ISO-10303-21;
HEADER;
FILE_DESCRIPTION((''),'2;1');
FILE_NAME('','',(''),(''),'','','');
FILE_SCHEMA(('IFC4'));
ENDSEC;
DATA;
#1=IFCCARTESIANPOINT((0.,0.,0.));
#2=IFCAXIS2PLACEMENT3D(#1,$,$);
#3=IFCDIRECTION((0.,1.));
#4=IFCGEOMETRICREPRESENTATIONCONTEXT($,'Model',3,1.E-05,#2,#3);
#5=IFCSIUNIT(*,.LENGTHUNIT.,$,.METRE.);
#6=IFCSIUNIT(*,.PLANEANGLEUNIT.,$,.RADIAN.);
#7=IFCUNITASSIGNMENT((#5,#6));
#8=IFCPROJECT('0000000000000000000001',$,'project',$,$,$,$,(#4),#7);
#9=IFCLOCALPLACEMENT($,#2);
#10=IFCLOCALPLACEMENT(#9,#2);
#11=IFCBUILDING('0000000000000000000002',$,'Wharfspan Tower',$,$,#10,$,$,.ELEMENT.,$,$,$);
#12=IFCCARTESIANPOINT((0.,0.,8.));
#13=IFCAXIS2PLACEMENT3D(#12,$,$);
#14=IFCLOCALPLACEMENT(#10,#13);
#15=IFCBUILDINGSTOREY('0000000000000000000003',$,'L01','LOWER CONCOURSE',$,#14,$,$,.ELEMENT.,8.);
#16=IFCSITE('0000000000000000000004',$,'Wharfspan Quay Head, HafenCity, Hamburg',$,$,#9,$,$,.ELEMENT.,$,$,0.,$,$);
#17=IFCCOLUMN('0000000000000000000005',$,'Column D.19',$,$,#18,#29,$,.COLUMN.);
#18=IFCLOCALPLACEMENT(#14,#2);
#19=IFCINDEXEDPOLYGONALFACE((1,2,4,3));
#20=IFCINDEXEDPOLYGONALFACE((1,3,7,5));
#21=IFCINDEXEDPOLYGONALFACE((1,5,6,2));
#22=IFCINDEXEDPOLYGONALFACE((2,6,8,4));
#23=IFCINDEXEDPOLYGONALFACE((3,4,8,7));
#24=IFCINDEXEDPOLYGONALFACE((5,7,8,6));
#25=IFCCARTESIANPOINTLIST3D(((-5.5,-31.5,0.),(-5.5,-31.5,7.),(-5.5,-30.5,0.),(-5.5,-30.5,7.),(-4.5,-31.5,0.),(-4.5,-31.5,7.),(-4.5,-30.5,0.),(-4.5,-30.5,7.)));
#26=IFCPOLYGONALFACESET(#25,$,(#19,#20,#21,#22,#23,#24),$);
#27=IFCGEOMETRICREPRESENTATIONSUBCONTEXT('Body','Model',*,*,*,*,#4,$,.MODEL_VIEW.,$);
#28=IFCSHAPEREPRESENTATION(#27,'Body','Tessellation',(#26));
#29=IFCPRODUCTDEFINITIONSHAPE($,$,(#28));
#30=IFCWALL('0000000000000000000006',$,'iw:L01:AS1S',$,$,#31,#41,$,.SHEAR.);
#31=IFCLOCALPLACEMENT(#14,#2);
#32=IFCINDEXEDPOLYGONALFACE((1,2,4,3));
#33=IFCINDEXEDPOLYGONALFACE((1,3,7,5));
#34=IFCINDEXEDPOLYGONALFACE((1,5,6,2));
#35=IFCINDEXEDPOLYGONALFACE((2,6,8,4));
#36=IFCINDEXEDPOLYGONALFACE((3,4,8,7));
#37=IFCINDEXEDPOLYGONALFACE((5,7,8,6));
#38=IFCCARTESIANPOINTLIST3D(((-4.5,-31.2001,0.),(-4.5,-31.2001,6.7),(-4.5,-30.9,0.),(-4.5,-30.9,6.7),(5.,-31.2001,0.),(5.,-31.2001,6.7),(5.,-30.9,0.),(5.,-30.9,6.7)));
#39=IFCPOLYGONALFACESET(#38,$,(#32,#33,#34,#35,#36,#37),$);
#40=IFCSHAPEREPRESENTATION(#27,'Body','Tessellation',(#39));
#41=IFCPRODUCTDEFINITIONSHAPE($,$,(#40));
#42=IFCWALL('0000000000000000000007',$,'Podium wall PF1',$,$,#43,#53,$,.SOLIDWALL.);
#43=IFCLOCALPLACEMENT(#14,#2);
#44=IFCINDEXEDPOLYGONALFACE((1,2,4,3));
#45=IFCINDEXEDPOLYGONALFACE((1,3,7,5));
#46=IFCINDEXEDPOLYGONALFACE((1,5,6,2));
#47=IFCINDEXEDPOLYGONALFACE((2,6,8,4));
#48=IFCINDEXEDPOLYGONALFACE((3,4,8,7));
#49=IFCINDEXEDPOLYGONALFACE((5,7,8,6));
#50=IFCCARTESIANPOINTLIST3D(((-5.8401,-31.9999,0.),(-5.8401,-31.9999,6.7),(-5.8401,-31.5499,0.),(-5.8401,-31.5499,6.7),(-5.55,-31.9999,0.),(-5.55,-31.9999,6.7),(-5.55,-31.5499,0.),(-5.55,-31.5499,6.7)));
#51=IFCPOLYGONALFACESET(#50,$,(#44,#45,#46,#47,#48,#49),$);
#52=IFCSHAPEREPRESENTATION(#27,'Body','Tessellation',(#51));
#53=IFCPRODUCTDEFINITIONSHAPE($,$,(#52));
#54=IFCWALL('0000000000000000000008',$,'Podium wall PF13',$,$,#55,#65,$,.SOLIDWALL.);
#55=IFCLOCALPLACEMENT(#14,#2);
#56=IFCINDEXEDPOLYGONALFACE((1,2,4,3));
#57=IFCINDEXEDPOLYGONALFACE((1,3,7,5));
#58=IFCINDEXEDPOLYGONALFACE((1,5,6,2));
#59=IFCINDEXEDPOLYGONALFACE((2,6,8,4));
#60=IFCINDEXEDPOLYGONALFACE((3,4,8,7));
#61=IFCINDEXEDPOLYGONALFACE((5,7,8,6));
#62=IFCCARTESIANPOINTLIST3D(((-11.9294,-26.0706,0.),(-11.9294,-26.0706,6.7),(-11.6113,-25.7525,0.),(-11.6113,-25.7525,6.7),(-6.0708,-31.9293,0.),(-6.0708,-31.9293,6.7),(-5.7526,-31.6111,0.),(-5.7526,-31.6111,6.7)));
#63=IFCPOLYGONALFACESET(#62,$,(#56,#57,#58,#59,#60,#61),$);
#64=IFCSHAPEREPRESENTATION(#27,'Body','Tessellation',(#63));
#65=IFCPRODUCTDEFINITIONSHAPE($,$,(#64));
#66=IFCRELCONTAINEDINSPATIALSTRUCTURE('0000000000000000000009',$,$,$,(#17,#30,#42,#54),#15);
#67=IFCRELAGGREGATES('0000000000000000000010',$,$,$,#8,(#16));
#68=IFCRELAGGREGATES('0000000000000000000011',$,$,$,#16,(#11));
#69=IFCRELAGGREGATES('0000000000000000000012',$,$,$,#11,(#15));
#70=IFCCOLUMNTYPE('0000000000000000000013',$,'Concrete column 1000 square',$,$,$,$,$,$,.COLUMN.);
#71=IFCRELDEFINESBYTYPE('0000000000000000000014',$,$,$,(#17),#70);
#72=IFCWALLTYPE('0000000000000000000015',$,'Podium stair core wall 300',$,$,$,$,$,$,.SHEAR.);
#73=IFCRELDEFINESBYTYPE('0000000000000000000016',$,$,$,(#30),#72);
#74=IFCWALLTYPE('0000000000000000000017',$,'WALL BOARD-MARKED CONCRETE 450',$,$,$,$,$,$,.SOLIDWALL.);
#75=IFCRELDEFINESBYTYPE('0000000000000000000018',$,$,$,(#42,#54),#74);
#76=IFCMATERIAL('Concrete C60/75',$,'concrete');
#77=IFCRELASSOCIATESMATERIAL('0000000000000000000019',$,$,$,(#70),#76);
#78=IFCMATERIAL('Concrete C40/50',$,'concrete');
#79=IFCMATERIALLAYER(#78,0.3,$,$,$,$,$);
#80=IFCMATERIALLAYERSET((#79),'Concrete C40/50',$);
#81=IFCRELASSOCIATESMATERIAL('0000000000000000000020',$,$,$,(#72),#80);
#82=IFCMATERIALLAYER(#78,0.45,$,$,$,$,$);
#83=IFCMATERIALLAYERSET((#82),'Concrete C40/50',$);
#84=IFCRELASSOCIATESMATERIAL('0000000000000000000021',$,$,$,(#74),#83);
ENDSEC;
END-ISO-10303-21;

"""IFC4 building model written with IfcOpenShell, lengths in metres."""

from ifc_helpers import new_model, si_unit, direction, frame, frame_2d, origin, origin_2d, place, context, subcontext, project, spatial, rectangle, extrude, material, layer, layer_set, material_profile, profile_set, type_object, element, save


model = new_model("IFC4")

# Units and contexts
model_context = context("Model", 3, precision=1e-05, world=origin(), true_north=direction((0.0, 1.0)))
body_context = subcontext(model_context, "Body", "Model", "MODEL_VIEW")
ifc_project = project(units=[si_unit("LENGTHUNIT", "METRE"), si_unit("PLANEANGLEUNIT", "RADIAN")], contexts=[model_context])

# Site, building, storey
site_placement = place(None, origin())
site = spatial("IfcSite", under=ifc_project, at=site_placement, Name="Wharfspan Quay Head, HafenCity, Hamburg", CompositionType="ELEMENT", RefElevation=0.0)
building_placement = place(site_placement, origin())
building = spatial("IfcBuilding", under=site, at=building_placement, Name="Wharfspan Tower", CompositionType="ELEMENT")
storey_placement = place(building_placement, frame((0.0, 0.0, 8.0)))
storey = spatial("IfcBuildingStorey", under=building, at=storey_placement, Name="L01", Description="LOWER CONCOURSE", CompositionType="ELEMENT", Elevation=8.0)

# Column
ifc_material_1 = material(Name="Concrete C60/75", Category="concrete")
ifc_material_profile = material_profile(ifc_material_1, rectangle(XDim=1.0, YDim=1.0, at=origin_2d()))
ifc_profile_set = profile_set([ifc_material_profile], Name="Concrete C60/75")
column_type = type_object("IfcColumnType", Name="Concrete column 1000 square", PredefinedType="COLUMN", material=ifc_profile_set)
column_placement = place(storey_placement, frame((-5.0, -31.0, 0.0), z_axis=(0.0, 0.0, 1.0), x_axis=(1.0, 0.0, 0.0)))
element("IfcColumn", 1, at=column_placement, inside=storey, type_object=column_type, Name="Column D.19", PredefinedType="COLUMN", context=body_context, shape_type="SweptSolid", body=[
    extrude(rectangle(XDim=1.0, YDim=1.0, at=origin_2d()), origin(), (0.0, 0.0, 1.0), 7.0),
])

# Wall
ifc_material_2 = material(Name="Concrete C40/50", Category="concrete")
ifc_layer_1 = layer(ifc_material_2, 0.3)
ifc_layer_set_1 = layer_set([ifc_layer_1], Name="Concrete C40/50")
wall_type_1 = type_object("IfcWallType", Name="Podium stair core wall 300", PredefinedType="SHEAR", material=ifc_layer_set_1)
wall_1_placement = place(storey_placement, frame((-4.5, -31.05, 0.0), z_axis=(0.0, 0.0, 1.0), x_axis=(1.0, 0.0, 0.0)))
element("IfcWall", 2, at=wall_1_placement, inside=storey, type_object=wall_type_1, Name="iw:L01:AS1S", PredefinedType="SHEAR", context=body_context, shape_type="SweptSolid", body=[
    extrude(rectangle(XDim=9.5, YDim=0.3, at=frame_2d((4.75, 0.0))), origin(), (0.0, 0.0, 1.0), 6.7),
])

# Shared definitions
ifc_layer_2 = layer(ifc_material_2, 0.45)
ifc_layer_set_2 = layer_set([ifc_layer_2], Name="Concrete C40/50")
wall_type_2 = type_object("IfcWallType", Name="WALL BOARD-MARKED CONCRETE 450", PredefinedType="SOLIDWALL", material=ifc_layer_set_2)

# Walls
wall_2_placement = place(storey_placement, frame((-5.8401, -31.7749, 0.0), z_axis=(0.0, 0.0, 1.0), x_axis=(1.0, 0.0, 0.0)))
element("IfcWall", 3, at=wall_2_placement, inside=storey, type_object=wall_type_2, Name="Podium wall PF1", PredefinedType="SOLIDWALL", context=body_context, shape_type="SweptSolid", body=[
    extrude(rectangle(XDim=0.29, YDim=0.45, at=frame_2d((0.145, 0.0))), origin(), (0.0, 0.0, 1.0), 6.7),
])
wall_3_placement = place(storey_placement, frame((-11.7703, -25.9116, 0.0), z_axis=(0.0, 0.0, 1.0), x_axis=(0.707107, -0.707107, 0.0)))
element("IfcWall", 4, at=wall_3_placement, inside=storey, type_object=wall_type_2, Name="Podium wall PF13", PredefinedType="SOLIDWALL", context=body_context, shape_type="SweptSolid", body=[
    extrude(rectangle(XDim=8.2854, YDim=0.45, at=frame_2d((4.1426, 0.0))), origin(), (0.0, 0.0, 1.0), 6.7),
])

save(model, "model.ifc")
